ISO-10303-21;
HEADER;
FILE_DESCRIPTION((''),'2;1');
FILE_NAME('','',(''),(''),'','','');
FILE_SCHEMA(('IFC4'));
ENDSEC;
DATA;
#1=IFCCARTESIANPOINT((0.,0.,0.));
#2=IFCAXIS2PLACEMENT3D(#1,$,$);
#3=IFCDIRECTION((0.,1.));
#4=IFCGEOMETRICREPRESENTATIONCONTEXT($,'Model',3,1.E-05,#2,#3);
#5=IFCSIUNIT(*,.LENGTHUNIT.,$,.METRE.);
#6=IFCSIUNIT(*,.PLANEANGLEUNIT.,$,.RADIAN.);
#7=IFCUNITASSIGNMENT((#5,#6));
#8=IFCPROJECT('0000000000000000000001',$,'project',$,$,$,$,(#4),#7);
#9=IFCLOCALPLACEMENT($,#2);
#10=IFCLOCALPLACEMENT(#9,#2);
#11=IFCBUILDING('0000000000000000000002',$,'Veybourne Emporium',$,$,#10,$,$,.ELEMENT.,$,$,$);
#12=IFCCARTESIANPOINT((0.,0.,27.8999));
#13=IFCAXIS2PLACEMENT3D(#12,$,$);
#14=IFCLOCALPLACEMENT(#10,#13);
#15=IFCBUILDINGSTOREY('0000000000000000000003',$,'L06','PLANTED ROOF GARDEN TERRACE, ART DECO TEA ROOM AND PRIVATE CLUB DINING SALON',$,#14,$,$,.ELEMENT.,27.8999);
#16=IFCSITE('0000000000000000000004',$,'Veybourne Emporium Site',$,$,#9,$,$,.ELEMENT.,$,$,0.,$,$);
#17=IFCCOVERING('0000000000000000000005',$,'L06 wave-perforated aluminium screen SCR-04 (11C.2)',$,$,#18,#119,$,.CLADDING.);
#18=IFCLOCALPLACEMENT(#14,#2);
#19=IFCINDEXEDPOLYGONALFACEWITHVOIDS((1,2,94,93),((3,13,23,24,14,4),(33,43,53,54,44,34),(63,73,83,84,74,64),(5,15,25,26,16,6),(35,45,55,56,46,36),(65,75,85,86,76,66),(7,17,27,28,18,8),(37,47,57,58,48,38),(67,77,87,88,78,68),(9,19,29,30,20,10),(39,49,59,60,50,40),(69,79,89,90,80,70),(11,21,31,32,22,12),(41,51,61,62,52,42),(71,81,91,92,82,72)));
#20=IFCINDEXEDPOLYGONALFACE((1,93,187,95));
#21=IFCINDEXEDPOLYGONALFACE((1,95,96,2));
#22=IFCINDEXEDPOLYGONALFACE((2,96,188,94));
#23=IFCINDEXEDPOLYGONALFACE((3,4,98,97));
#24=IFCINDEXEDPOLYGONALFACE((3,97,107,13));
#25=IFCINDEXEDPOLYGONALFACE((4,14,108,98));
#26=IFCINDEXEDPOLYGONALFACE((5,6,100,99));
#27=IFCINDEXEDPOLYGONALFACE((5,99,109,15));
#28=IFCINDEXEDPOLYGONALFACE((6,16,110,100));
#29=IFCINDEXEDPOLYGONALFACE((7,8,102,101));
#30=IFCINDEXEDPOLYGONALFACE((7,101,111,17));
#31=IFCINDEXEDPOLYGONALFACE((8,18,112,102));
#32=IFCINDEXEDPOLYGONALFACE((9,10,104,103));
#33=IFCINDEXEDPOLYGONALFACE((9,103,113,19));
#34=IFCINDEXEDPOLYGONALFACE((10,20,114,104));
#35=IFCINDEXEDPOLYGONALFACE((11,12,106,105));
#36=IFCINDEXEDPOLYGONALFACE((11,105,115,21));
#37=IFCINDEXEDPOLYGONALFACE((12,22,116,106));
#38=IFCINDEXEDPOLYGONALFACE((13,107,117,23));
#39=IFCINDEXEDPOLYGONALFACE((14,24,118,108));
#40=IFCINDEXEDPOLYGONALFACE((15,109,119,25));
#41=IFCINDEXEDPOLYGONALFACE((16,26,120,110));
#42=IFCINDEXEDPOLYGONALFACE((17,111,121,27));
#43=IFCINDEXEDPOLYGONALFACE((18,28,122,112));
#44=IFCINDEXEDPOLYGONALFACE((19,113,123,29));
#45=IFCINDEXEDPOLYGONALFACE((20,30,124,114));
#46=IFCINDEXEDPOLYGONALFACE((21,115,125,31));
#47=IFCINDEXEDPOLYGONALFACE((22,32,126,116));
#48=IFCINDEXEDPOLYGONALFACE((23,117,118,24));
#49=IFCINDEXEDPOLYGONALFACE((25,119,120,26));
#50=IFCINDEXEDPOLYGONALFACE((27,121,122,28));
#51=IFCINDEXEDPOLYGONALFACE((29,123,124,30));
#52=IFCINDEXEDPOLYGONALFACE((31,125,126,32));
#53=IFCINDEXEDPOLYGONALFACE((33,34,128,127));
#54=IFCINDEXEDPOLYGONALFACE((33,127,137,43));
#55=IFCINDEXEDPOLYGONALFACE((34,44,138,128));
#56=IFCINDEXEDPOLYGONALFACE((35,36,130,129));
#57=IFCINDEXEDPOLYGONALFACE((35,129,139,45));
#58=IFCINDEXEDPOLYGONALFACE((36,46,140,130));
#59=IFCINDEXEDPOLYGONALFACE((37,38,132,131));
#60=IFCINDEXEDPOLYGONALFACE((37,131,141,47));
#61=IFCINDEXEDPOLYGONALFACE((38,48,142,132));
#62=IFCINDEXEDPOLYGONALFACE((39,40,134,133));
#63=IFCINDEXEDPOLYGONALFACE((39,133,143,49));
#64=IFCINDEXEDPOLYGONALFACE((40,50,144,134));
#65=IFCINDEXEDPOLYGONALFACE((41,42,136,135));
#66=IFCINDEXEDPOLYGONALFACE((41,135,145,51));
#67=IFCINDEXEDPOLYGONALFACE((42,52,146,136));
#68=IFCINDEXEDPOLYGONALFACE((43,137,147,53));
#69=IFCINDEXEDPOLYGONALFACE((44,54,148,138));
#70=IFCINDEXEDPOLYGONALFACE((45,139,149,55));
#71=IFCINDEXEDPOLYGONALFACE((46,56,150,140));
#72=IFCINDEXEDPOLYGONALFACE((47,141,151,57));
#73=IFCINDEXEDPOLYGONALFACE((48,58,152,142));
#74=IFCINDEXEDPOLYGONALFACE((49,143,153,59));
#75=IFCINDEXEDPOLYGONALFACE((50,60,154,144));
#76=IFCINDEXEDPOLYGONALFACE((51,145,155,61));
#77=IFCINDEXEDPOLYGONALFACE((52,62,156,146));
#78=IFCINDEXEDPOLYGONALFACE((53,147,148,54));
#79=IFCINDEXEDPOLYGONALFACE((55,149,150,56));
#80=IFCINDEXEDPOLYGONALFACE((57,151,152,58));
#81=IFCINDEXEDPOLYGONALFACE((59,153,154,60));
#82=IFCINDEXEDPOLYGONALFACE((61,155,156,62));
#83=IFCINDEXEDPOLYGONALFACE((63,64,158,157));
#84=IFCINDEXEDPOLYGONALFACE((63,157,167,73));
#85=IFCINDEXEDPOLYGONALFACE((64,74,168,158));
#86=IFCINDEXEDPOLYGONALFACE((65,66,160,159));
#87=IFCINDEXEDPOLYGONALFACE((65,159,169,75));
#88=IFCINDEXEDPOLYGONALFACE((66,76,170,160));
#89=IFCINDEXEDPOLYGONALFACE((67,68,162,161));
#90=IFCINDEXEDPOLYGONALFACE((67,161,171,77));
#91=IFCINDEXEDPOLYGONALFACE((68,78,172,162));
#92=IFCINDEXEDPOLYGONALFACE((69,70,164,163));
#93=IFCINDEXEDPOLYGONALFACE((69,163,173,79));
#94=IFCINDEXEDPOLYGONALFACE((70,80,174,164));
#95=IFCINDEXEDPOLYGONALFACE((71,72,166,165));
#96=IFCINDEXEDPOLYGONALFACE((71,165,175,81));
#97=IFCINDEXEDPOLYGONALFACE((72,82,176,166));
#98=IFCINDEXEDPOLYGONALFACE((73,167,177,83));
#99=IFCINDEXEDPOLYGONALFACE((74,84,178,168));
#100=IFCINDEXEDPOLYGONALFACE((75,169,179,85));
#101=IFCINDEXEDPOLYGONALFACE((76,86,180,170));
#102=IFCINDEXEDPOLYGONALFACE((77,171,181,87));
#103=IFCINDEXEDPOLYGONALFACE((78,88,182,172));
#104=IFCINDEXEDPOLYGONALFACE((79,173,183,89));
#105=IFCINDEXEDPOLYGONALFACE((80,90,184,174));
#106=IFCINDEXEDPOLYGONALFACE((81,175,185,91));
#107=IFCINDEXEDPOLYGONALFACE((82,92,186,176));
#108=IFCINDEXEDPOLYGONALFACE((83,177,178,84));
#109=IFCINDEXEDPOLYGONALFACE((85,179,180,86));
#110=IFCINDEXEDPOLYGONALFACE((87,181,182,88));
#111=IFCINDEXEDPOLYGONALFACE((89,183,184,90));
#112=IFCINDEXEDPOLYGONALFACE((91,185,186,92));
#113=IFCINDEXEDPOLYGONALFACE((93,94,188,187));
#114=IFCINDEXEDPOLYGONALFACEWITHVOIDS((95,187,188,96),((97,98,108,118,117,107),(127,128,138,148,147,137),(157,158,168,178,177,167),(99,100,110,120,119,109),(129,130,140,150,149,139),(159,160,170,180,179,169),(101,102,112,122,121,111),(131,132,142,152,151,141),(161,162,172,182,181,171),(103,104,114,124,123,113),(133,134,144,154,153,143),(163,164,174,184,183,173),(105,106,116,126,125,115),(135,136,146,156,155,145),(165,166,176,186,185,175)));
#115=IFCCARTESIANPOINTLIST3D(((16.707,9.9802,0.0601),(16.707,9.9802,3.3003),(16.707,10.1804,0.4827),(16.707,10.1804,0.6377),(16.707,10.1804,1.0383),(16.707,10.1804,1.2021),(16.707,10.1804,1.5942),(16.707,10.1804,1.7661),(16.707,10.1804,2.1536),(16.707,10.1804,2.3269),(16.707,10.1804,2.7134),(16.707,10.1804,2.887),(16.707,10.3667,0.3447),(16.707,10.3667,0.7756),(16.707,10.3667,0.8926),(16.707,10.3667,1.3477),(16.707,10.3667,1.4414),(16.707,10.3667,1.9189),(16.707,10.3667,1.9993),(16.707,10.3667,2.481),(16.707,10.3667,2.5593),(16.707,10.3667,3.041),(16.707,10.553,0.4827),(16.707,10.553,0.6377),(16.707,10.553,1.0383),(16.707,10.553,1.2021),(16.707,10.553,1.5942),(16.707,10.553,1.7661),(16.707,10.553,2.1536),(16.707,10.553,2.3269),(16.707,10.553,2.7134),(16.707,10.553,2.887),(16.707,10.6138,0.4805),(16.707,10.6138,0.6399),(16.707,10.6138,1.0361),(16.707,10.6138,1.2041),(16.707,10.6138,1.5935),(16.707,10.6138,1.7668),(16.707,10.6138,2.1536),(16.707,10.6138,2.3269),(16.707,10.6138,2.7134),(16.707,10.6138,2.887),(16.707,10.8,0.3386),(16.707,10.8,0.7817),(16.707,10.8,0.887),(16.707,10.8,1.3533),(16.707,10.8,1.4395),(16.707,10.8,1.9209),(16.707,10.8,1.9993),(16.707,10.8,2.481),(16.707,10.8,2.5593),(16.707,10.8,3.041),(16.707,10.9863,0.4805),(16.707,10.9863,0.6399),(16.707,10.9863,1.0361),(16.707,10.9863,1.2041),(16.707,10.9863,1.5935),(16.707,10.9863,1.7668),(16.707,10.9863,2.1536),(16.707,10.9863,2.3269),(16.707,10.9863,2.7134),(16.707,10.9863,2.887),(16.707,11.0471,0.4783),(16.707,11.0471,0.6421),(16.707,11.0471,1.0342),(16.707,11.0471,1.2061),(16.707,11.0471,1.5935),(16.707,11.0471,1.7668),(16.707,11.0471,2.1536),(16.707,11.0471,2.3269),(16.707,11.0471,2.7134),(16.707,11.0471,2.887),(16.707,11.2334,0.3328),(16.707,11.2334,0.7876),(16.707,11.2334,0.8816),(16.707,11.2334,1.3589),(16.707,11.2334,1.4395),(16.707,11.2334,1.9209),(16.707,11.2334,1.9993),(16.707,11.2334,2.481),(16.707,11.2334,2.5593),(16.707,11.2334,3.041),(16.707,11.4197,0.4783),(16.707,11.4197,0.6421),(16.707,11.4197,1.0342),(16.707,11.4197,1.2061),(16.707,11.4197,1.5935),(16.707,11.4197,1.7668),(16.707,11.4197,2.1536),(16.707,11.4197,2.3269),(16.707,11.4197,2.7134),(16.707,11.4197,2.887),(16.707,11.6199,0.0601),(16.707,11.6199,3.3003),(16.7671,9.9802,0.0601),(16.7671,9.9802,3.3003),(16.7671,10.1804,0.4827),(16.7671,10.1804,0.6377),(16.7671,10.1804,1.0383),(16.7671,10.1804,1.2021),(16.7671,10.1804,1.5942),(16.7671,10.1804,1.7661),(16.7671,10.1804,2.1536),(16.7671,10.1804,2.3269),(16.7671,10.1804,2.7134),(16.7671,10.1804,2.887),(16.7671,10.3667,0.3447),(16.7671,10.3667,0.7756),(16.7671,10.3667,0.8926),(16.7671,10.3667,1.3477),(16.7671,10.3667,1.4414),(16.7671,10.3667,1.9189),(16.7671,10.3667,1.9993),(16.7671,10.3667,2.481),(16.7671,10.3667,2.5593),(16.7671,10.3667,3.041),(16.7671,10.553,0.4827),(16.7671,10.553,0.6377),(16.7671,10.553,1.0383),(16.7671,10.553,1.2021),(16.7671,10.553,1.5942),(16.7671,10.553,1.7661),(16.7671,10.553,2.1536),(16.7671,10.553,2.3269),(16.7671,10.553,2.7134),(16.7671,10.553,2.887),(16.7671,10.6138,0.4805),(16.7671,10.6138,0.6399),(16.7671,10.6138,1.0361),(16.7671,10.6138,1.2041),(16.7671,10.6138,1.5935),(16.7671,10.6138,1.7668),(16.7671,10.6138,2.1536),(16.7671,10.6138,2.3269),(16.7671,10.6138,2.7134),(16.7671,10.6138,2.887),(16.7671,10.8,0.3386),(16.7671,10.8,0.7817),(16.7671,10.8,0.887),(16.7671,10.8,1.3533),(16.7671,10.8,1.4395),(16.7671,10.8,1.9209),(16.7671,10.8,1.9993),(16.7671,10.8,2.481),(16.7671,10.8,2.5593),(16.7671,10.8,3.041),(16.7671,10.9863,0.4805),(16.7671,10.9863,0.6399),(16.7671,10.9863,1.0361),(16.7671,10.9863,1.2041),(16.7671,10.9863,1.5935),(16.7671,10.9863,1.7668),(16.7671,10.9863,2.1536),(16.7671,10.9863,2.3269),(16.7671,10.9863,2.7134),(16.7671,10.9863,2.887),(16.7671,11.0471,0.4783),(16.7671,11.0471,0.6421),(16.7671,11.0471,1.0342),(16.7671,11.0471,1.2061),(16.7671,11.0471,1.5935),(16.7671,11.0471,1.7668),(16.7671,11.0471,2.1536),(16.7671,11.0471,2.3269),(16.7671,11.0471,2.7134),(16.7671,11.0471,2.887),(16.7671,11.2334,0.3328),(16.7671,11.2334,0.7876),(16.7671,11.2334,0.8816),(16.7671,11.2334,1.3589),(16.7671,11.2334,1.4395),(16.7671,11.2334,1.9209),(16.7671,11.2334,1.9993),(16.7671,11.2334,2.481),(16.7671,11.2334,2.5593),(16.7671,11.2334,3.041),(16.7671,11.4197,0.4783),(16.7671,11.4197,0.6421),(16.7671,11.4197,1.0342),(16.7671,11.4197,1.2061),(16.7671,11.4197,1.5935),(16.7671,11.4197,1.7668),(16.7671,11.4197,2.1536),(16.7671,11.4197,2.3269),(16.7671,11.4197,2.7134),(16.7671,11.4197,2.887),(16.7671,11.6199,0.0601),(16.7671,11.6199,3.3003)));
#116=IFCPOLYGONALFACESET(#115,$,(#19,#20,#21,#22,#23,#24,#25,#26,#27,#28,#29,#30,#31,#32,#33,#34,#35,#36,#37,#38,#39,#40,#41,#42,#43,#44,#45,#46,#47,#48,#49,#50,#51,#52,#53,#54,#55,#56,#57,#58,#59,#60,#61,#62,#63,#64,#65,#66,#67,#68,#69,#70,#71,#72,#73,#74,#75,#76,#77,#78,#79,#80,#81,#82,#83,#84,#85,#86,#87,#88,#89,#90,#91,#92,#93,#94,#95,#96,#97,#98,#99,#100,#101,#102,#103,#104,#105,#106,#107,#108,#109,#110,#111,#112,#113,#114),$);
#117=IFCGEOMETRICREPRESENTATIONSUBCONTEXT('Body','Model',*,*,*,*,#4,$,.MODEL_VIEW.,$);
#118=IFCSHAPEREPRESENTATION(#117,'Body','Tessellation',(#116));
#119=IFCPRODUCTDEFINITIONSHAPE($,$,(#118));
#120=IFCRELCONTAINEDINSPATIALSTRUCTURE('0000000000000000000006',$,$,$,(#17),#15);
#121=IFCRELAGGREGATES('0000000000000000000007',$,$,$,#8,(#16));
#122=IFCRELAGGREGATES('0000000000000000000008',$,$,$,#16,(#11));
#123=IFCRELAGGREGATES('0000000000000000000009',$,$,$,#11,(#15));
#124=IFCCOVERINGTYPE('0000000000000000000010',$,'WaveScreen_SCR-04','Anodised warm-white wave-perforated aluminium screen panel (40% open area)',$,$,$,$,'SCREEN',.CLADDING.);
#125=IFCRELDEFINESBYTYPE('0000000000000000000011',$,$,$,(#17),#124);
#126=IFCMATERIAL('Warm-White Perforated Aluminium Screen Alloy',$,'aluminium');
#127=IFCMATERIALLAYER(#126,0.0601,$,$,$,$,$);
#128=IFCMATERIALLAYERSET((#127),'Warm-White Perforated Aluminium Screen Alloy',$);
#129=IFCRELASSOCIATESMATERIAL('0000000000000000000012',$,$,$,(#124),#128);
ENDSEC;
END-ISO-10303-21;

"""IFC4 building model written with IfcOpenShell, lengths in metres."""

from ifc_helpers import new_model, si_unit, direction, frame, origin, place, context, subcontext, project, spatial, polyline, outline, extrude, material, layer, layer_set, type_object, element, save


model = new_model("IFC4")

# Units and contexts
model_context = context("Model", 3, precision=1e-05, world=origin(), true_north=direction((0.0, 1.0)))
body_context = subcontext(model_context, "Body", "Model", "MODEL_VIEW")
ifc_project = project(units=[si_unit("LENGTHUNIT", "METRE"), si_unit("PLANEANGLEUNIT", "RADIAN")], contexts=[model_context])

# Site, building, storey
site_placement = place(None, origin())
site = spatial("IfcSite", under=ifc_project, at=site_placement, Name="Veybourne Emporium Site", CompositionType="ELEMENT", RefElevation=0.0)
building_placement = place(site_placement, origin())
building = spatial("IfcBuilding", under=site, at=building_placement, Name="Veybourne Emporium", CompositionType="ELEMENT")
storey_placement = place(building_placement, frame((0.0, 0.0, 27.8999)))
storey = spatial("IfcBuildingStorey", under=building, at=storey_placement, Name="L06", Description="PLANTED ROOF GARDEN TERRACE, ART DECO TEA ROOM AND PRIVATE CLUB DINING SALON", CompositionType="ELEMENT", Elevation=27.8999)

# Covering
ifc_material_1 = material(Name="Warm-White Perforated Aluminium Screen Alloy", Category="aluminium")
ifc_layer_1 = layer(ifc_material_1, 0.0601)
ifc_layer_set_1 = layer_set([ifc_layer_1], Name="Warm-White Perforated Aluminium Screen Alloy")
covering_type_1 = type_object("IfcCoveringType", Name="WaveScreen_SCR-04", Description="Anodised warm-white wave-perforated aluminium screen panel (40% open area)", ElementType="SCREEN", PredefinedType="CLADDING", material=ifc_layer_set_1)
covering_1_placement = place(storey_placement, frame((16.707, 10.8, 1.6802), z_axis=(1.0, 0.0, 0.0), x_axis=(0.0, 1.0, 0.0)))
element("IfcCovering", 1, at=covering_1_placement, inside=storey, type_object=covering_type_1, Name="L06 wave-perforated aluminium screen SCR-04 (11C.2)", PredefinedType="CLADDING", context=body_context, shape_type="SweptSolid", body=[
    extrude(outline(polyline([(-0.8198, -1.6201), (0.8198, -1.6201), (0.8198, 1.6201), (-0.8198, 1.6201), (-0.8198, -1.6201)]), holes=[polyline([(-0.4333, -0.9045), (-0.2471, -1.0425), (-0.2471, -1.1975), (-0.4333, -1.3354), (-0.6196, -1.1975), (-0.6196, -1.0425), (-0.4333, -0.9045)]), polyline([(-0.4333, -0.3325), (-0.2471, -0.478), (-0.2471, -0.6418), (-0.4333, -0.7876), (-0.6196, -0.6418), (-0.6196, -0.478), (-0.4333, -0.3325)]), polyline([(-0.4333, 0.2388), (-0.2471, 0.0859), (-0.2471, -0.0859), (-0.4333, -0.2388), (-0.6196, -0.0859), (-0.6196, 0.0859), (-0.4333, 0.2388)]), polyline([(-0.4333, 0.8008), (-0.2471, 0.6467), (-0.2471, 0.4734), (-0.4333, 0.3191), (-0.6196, 0.4734), (-0.6196, 0.6467), (-0.4333, 0.8008)]), polyline([(-0.4333, 1.3608), (-0.2471, 1.2068), (-0.2471, 1.0332), (-0.4333, 0.8792), (-0.6196, 1.0332), (-0.6196, 1.2068), (-0.4333, 1.3608)]), polyline([(0.0, -0.8984), (0.1863, -1.0403), (0.1863, -1.1997), (0.0, -1.3416), (-0.1863, -1.1997), (-0.1863, -1.0403), (0.0, -0.8984)]), polyline([(0.0, -0.3269), (0.1863, -0.4761), (0.1863, -0.644), (0.0, -0.7932), (-0.1863, -0.644), (-0.1863, -0.4761), (0.0, -0.3269)]), polyline([(0.0, 0.2407), (0.1863, 0.0867), (0.1863, -0.0867), (0.0, -0.2407), (-0.1863, -0.0867), (-0.1863, 0.0867), (0.0, 0.2407)]), polyline([(0.0, 0.8008), (0.1863, 0.6467), (0.1863, 0.4734), (0.0, 0.3191), (-0.1863, 0.4734), (-0.1863, 0.6467), (0.0, 0.8008)]), polyline([(0.0, 1.3608), (0.1863, 1.2068), (0.1863, 1.0332), (0.0, 0.8792), (-0.1863, 1.0332), (-0.1863, 1.2068), (0.0, 1.3608)]), polyline([(0.4333, -0.8926), (0.6196, -1.0381), (0.6196, -1.2019), (0.4333, -1.3474), (0.2471, -1.2019), (0.2471, -1.0381), (0.4333, -0.8926)]), polyline([(0.4333, -0.3213), (0.6196, -0.4741), (0.6196, -0.646), (0.4333, -0.7986), (0.2471, -0.646), (0.2471, -0.4741), (0.4333, -0.3213)]), polyline([(0.4333, 0.2407), (0.6196, 0.0867), (0.6196, -0.0867), (0.4333, -0.2407), (0.2471, -0.0867), (0.2471, 0.0867), (0.4333, 0.2407)]), polyline([(0.4333, 0.8008), (0.6196, 0.6467), (0.6196, 0.4734), (0.4333, 0.3191), (0.2471, 0.4734), (0.2471, 0.6467), (0.4333, 0.8008)]), polyline([(0.4333, 1.3608), (0.6196, 1.2068), (0.6196, 1.0332), (0.4333, 0.8792), (0.2471, 1.0332), (0.2471, 1.2068), (0.4333, 1.3608)])]), origin(), (0.0, 0.0, 1.0), 0.0601),
])

save(model, "model.ifc")
